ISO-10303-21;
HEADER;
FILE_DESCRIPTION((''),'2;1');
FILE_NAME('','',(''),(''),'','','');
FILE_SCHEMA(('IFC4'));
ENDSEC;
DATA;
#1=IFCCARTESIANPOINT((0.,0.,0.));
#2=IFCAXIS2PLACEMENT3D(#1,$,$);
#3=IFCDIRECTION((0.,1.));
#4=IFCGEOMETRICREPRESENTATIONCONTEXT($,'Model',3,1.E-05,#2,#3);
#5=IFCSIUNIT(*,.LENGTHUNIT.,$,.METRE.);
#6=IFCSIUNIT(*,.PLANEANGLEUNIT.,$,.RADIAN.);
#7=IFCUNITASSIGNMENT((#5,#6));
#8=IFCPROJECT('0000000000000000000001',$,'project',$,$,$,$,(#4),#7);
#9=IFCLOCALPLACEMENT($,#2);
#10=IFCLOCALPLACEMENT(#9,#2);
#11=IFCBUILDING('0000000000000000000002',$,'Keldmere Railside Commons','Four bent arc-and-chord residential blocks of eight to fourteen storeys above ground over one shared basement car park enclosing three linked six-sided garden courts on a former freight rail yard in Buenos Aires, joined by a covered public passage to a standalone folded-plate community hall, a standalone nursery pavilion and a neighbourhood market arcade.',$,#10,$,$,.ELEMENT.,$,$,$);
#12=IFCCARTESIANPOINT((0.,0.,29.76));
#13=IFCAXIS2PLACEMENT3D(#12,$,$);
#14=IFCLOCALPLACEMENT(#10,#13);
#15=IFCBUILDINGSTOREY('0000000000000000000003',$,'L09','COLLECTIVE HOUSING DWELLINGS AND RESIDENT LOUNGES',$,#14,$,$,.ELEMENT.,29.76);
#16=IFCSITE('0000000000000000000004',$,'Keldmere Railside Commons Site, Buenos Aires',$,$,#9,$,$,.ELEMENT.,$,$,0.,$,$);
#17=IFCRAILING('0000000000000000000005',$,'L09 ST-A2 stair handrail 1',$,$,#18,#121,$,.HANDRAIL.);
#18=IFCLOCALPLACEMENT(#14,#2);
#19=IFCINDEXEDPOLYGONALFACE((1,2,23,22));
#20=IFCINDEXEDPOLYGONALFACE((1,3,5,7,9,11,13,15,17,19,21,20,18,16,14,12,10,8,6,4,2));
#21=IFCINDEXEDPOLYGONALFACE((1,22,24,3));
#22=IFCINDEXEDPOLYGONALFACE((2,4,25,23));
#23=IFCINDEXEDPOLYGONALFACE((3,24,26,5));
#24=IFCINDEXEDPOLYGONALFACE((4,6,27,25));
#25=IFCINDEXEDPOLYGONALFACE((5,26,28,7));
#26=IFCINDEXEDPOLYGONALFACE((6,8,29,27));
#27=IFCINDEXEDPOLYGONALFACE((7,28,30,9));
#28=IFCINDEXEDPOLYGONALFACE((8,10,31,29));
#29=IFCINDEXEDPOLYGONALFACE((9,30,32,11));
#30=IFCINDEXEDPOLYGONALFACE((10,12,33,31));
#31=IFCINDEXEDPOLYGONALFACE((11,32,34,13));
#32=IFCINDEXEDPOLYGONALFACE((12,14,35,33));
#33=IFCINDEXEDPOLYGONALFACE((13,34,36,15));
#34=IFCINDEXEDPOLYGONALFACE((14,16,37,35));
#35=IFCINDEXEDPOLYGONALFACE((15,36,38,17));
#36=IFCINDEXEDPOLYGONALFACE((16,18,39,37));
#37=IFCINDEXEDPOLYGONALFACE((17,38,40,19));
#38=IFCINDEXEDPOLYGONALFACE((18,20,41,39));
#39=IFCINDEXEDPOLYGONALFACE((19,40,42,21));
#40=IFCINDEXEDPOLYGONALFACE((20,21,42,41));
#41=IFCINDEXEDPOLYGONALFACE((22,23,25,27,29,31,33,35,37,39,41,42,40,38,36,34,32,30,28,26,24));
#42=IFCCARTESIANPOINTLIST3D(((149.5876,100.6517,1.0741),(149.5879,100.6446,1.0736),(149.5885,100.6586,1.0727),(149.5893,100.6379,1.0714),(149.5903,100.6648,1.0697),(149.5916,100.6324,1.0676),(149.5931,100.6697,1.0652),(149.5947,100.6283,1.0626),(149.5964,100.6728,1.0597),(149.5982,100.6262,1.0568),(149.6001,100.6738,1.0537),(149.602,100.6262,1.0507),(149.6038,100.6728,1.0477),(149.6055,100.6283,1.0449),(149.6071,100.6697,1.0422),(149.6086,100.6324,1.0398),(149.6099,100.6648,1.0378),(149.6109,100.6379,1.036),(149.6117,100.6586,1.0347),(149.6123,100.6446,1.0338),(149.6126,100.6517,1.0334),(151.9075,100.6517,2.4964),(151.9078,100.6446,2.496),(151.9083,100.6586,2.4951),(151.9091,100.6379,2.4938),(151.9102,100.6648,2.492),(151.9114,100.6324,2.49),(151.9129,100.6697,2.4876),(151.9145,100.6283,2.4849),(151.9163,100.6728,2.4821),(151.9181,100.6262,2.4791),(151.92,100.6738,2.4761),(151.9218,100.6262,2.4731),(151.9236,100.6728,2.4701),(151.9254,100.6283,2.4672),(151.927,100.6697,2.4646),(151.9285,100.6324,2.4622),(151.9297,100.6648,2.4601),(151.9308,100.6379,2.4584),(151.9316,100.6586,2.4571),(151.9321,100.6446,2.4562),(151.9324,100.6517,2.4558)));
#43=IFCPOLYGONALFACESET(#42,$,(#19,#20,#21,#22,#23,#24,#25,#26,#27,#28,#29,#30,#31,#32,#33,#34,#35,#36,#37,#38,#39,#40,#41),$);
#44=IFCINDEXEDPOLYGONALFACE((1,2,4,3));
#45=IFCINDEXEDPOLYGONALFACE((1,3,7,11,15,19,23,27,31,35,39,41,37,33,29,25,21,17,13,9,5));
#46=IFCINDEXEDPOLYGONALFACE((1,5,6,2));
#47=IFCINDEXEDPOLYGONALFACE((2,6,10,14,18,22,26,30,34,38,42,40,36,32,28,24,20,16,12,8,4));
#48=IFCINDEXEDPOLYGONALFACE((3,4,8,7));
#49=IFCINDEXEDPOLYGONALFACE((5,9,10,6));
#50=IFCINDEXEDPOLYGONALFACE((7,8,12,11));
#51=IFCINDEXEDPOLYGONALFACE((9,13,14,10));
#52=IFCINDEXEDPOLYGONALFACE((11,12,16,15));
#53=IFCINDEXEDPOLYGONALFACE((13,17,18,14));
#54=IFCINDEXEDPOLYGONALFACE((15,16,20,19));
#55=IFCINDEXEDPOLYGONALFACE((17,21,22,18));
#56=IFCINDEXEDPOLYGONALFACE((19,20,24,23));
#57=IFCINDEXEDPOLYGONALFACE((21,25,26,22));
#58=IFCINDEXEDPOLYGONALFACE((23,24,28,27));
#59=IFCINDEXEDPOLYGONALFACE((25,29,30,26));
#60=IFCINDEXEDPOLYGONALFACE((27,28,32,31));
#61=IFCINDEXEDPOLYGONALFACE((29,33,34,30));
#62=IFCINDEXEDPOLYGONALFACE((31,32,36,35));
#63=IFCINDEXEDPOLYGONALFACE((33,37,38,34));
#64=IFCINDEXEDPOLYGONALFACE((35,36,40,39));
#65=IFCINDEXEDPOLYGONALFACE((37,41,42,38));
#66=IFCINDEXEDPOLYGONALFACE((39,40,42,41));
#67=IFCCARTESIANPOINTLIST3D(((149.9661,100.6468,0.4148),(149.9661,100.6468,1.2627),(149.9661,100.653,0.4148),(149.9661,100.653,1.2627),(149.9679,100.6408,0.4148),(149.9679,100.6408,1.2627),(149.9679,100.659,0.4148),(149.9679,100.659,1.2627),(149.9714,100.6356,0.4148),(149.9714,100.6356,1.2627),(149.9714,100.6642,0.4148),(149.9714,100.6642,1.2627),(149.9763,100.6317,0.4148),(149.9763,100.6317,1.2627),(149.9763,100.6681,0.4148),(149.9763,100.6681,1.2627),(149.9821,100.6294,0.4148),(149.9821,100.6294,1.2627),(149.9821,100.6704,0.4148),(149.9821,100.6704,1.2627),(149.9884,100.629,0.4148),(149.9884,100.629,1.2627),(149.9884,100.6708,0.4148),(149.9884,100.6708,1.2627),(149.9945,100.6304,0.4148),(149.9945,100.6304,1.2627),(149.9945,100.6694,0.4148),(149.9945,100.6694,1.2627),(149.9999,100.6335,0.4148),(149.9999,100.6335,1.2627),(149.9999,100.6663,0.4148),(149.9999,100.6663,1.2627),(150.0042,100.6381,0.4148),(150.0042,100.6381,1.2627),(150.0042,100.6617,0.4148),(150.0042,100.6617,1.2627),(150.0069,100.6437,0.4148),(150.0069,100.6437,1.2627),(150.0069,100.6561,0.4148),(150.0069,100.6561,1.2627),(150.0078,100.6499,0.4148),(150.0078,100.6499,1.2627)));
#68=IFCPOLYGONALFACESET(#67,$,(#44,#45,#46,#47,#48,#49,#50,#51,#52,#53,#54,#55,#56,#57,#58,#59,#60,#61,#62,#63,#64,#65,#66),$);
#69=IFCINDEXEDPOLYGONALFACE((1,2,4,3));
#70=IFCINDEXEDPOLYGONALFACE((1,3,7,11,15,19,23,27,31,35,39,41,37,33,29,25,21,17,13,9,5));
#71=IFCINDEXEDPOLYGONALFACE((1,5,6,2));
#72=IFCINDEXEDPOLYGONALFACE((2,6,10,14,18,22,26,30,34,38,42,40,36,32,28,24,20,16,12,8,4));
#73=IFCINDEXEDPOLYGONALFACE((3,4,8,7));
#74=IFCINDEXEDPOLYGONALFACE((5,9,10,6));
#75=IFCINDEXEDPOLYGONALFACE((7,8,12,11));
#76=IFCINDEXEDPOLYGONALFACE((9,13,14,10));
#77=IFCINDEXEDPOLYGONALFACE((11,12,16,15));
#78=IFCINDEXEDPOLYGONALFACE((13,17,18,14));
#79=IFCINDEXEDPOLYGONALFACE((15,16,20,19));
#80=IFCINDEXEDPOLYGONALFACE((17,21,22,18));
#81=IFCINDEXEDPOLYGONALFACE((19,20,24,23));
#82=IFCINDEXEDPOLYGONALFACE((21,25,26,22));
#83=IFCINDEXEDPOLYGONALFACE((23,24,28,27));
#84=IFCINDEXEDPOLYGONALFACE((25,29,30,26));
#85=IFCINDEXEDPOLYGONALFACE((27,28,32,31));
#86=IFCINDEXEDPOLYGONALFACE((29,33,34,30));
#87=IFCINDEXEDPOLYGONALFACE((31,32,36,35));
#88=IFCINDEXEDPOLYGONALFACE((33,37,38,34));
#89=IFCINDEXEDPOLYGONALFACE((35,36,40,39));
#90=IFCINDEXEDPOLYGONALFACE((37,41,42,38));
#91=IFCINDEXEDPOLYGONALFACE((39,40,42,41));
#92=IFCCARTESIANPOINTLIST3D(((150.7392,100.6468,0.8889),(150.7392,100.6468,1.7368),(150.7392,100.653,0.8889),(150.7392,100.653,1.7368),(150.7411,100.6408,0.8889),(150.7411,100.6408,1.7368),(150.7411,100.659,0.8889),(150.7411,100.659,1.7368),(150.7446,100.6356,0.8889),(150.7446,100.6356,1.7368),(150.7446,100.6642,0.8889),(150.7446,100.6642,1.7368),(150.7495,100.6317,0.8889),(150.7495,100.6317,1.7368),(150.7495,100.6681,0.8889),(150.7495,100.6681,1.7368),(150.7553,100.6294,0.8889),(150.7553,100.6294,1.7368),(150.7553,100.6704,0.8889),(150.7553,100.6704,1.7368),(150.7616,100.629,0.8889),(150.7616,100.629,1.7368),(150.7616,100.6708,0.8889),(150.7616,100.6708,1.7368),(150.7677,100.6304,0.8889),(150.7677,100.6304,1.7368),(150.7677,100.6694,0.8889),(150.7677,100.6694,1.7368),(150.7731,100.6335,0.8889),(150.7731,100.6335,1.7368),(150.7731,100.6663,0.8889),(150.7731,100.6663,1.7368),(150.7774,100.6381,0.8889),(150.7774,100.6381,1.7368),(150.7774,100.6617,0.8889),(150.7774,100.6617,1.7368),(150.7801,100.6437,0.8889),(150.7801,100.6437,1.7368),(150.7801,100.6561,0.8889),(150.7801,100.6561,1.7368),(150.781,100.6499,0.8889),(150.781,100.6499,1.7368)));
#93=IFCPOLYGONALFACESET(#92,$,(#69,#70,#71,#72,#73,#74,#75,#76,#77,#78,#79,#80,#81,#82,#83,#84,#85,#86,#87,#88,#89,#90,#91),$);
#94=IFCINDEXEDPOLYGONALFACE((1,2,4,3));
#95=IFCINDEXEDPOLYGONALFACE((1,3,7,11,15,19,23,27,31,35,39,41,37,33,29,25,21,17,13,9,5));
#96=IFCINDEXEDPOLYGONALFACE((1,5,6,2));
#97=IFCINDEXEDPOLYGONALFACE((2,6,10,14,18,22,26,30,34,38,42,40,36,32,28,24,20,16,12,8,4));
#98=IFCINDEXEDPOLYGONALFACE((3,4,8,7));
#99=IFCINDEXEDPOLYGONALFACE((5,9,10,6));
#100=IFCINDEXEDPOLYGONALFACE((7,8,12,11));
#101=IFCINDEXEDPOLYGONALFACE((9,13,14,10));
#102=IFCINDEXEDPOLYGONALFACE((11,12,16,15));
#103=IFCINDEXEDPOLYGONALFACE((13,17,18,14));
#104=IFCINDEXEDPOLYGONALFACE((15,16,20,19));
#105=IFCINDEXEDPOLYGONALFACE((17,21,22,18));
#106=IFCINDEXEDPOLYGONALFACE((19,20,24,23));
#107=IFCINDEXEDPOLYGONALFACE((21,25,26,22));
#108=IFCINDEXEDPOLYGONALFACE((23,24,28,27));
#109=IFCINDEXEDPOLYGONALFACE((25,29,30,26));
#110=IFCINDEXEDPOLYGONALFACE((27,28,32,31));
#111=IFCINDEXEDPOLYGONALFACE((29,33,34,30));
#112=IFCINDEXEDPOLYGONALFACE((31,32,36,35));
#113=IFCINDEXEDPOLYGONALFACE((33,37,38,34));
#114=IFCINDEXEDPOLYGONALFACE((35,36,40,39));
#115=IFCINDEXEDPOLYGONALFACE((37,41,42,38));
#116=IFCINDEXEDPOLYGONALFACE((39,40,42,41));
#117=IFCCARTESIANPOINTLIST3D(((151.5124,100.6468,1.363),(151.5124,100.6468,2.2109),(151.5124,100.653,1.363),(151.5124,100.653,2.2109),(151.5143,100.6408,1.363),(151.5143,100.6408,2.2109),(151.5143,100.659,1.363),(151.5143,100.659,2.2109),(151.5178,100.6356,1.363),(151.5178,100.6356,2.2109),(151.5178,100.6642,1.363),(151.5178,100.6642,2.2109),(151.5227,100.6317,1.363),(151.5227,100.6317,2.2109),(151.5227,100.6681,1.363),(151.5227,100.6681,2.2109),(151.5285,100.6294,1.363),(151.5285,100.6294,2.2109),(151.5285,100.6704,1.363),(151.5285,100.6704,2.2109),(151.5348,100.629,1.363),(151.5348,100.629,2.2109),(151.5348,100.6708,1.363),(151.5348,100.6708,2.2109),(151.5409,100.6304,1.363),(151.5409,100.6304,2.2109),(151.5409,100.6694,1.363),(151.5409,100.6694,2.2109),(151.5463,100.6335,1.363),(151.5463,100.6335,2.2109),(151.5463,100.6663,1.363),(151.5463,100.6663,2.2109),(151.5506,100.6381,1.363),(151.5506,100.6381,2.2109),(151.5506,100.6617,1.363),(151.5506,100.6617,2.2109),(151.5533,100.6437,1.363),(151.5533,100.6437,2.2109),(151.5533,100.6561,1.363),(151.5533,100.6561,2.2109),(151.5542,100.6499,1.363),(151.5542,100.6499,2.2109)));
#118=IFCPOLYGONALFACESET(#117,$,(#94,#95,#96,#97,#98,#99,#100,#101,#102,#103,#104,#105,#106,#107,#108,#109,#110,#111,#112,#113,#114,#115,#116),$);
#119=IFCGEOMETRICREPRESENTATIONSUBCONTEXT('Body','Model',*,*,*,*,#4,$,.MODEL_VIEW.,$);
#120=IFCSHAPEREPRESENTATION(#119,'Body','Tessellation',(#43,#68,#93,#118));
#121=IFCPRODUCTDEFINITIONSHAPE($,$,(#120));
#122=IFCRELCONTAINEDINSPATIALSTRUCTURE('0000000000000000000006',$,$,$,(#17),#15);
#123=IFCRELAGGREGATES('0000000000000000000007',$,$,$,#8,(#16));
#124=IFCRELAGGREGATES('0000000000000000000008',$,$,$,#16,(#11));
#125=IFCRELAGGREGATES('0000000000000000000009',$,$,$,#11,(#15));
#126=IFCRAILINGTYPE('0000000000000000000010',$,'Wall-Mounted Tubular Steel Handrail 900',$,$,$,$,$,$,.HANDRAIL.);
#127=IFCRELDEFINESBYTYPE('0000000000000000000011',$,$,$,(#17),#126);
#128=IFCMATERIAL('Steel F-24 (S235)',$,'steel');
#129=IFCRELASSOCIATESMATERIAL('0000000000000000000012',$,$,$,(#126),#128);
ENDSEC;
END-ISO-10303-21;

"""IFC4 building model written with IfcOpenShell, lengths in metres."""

from ifc_helpers import new_model, si_unit, direction, frame, origin, origin_2d, place, context, subcontext, project, spatial, circle, extrude, material, type_object, element, save


model = new_model("IFC4")

# Units and contexts
model_context = context("Model", 3, precision=1e-05, world=origin(), true_north=direction((0.0, 1.0)))
body_context = subcontext(model_context, "Body", "Model", "MODEL_VIEW")
ifc_project = project(units=[si_unit("LENGTHUNIT", "METRE"), si_unit("PLANEANGLEUNIT", "RADIAN")], contexts=[model_context])

# Site, building, storey
site_placement = place(None, origin())
site = spatial("IfcSite", under=ifc_project, at=site_placement, Name="Keldmere Railside Commons Site, Buenos Aires", CompositionType="ELEMENT", RefElevation=0.0)
building_placement = place(site_placement, origin())
building = spatial("IfcBuilding", under=site, at=building_placement, Name="Keldmere Railside Commons", Description="Four bent arc-and-chord residential blocks of eight to fourteen storeys above ground over one shared basement car park enclosing three linked six-sided garden courts on a former freight rail yard in Buenos Aires, joined by a covered public passage to a standalone folded-plate community hall, a standalone nursery pavilion and a neighbourhood market arcade.", CompositionType="ELEMENT")
storey_placement = place(building_placement, frame((0.0, 0.0, 29.76)))
storey = spatial("IfcBuildingStorey", under=building, at=storey_placement, Name="L09", Description="COLLECTIVE HOUSING DWELLINGS AND RESIDENT LOUNGES", CompositionType="ELEMENT", Elevation=29.76)

# Railing
ifc_material_1 = material(Name="Steel F-24 (S235)", Category="steel")
railing_type_1 = type_object("IfcRailingType", Name="Wall-Mounted Tubular Steel Handrail 900", PredefinedType="HANDRAIL", material=ifc_material_1)
railing_1_placement = place(storey_placement, frame((149.6001, 100.6499, 0.1777)))
element("IfcRailing", 1, at=railing_1_placement, inside=storey, type_object=railing_type_1, Name="L09 ST-A2 stair handrail 1", PredefinedType="HANDRAIL", context=body_context, shape_type="SweptSolid", body=[
    extrude(circle(Radius=0.0239, at=origin_2d()), frame((0.0, 0.0, 0.876), z_axis=(0.852514, 0.0, 0.522705), x_axis=(0.0, 1.0, 0.0)), (0.0, 0.0, 1.0), 2.7212),
    extrude(circle(Radius=0.021, at=origin_2d()), frame((0.3867, 0.0, 0.2371)), (0.0, 0.0, 1.0), 0.8479),
    extrude(circle(Radius=0.021, at=origin_2d()), frame((1.1599, 0.0, 0.7112)), (0.0, 0.0, 1.0), 0.8479),
    extrude(circle(Radius=0.021, at=origin_2d()), frame((1.9331, 0.0, 1.1853)), (0.0, 0.0, 1.0), 0.8479),
])

save(model, "model.ifc")
